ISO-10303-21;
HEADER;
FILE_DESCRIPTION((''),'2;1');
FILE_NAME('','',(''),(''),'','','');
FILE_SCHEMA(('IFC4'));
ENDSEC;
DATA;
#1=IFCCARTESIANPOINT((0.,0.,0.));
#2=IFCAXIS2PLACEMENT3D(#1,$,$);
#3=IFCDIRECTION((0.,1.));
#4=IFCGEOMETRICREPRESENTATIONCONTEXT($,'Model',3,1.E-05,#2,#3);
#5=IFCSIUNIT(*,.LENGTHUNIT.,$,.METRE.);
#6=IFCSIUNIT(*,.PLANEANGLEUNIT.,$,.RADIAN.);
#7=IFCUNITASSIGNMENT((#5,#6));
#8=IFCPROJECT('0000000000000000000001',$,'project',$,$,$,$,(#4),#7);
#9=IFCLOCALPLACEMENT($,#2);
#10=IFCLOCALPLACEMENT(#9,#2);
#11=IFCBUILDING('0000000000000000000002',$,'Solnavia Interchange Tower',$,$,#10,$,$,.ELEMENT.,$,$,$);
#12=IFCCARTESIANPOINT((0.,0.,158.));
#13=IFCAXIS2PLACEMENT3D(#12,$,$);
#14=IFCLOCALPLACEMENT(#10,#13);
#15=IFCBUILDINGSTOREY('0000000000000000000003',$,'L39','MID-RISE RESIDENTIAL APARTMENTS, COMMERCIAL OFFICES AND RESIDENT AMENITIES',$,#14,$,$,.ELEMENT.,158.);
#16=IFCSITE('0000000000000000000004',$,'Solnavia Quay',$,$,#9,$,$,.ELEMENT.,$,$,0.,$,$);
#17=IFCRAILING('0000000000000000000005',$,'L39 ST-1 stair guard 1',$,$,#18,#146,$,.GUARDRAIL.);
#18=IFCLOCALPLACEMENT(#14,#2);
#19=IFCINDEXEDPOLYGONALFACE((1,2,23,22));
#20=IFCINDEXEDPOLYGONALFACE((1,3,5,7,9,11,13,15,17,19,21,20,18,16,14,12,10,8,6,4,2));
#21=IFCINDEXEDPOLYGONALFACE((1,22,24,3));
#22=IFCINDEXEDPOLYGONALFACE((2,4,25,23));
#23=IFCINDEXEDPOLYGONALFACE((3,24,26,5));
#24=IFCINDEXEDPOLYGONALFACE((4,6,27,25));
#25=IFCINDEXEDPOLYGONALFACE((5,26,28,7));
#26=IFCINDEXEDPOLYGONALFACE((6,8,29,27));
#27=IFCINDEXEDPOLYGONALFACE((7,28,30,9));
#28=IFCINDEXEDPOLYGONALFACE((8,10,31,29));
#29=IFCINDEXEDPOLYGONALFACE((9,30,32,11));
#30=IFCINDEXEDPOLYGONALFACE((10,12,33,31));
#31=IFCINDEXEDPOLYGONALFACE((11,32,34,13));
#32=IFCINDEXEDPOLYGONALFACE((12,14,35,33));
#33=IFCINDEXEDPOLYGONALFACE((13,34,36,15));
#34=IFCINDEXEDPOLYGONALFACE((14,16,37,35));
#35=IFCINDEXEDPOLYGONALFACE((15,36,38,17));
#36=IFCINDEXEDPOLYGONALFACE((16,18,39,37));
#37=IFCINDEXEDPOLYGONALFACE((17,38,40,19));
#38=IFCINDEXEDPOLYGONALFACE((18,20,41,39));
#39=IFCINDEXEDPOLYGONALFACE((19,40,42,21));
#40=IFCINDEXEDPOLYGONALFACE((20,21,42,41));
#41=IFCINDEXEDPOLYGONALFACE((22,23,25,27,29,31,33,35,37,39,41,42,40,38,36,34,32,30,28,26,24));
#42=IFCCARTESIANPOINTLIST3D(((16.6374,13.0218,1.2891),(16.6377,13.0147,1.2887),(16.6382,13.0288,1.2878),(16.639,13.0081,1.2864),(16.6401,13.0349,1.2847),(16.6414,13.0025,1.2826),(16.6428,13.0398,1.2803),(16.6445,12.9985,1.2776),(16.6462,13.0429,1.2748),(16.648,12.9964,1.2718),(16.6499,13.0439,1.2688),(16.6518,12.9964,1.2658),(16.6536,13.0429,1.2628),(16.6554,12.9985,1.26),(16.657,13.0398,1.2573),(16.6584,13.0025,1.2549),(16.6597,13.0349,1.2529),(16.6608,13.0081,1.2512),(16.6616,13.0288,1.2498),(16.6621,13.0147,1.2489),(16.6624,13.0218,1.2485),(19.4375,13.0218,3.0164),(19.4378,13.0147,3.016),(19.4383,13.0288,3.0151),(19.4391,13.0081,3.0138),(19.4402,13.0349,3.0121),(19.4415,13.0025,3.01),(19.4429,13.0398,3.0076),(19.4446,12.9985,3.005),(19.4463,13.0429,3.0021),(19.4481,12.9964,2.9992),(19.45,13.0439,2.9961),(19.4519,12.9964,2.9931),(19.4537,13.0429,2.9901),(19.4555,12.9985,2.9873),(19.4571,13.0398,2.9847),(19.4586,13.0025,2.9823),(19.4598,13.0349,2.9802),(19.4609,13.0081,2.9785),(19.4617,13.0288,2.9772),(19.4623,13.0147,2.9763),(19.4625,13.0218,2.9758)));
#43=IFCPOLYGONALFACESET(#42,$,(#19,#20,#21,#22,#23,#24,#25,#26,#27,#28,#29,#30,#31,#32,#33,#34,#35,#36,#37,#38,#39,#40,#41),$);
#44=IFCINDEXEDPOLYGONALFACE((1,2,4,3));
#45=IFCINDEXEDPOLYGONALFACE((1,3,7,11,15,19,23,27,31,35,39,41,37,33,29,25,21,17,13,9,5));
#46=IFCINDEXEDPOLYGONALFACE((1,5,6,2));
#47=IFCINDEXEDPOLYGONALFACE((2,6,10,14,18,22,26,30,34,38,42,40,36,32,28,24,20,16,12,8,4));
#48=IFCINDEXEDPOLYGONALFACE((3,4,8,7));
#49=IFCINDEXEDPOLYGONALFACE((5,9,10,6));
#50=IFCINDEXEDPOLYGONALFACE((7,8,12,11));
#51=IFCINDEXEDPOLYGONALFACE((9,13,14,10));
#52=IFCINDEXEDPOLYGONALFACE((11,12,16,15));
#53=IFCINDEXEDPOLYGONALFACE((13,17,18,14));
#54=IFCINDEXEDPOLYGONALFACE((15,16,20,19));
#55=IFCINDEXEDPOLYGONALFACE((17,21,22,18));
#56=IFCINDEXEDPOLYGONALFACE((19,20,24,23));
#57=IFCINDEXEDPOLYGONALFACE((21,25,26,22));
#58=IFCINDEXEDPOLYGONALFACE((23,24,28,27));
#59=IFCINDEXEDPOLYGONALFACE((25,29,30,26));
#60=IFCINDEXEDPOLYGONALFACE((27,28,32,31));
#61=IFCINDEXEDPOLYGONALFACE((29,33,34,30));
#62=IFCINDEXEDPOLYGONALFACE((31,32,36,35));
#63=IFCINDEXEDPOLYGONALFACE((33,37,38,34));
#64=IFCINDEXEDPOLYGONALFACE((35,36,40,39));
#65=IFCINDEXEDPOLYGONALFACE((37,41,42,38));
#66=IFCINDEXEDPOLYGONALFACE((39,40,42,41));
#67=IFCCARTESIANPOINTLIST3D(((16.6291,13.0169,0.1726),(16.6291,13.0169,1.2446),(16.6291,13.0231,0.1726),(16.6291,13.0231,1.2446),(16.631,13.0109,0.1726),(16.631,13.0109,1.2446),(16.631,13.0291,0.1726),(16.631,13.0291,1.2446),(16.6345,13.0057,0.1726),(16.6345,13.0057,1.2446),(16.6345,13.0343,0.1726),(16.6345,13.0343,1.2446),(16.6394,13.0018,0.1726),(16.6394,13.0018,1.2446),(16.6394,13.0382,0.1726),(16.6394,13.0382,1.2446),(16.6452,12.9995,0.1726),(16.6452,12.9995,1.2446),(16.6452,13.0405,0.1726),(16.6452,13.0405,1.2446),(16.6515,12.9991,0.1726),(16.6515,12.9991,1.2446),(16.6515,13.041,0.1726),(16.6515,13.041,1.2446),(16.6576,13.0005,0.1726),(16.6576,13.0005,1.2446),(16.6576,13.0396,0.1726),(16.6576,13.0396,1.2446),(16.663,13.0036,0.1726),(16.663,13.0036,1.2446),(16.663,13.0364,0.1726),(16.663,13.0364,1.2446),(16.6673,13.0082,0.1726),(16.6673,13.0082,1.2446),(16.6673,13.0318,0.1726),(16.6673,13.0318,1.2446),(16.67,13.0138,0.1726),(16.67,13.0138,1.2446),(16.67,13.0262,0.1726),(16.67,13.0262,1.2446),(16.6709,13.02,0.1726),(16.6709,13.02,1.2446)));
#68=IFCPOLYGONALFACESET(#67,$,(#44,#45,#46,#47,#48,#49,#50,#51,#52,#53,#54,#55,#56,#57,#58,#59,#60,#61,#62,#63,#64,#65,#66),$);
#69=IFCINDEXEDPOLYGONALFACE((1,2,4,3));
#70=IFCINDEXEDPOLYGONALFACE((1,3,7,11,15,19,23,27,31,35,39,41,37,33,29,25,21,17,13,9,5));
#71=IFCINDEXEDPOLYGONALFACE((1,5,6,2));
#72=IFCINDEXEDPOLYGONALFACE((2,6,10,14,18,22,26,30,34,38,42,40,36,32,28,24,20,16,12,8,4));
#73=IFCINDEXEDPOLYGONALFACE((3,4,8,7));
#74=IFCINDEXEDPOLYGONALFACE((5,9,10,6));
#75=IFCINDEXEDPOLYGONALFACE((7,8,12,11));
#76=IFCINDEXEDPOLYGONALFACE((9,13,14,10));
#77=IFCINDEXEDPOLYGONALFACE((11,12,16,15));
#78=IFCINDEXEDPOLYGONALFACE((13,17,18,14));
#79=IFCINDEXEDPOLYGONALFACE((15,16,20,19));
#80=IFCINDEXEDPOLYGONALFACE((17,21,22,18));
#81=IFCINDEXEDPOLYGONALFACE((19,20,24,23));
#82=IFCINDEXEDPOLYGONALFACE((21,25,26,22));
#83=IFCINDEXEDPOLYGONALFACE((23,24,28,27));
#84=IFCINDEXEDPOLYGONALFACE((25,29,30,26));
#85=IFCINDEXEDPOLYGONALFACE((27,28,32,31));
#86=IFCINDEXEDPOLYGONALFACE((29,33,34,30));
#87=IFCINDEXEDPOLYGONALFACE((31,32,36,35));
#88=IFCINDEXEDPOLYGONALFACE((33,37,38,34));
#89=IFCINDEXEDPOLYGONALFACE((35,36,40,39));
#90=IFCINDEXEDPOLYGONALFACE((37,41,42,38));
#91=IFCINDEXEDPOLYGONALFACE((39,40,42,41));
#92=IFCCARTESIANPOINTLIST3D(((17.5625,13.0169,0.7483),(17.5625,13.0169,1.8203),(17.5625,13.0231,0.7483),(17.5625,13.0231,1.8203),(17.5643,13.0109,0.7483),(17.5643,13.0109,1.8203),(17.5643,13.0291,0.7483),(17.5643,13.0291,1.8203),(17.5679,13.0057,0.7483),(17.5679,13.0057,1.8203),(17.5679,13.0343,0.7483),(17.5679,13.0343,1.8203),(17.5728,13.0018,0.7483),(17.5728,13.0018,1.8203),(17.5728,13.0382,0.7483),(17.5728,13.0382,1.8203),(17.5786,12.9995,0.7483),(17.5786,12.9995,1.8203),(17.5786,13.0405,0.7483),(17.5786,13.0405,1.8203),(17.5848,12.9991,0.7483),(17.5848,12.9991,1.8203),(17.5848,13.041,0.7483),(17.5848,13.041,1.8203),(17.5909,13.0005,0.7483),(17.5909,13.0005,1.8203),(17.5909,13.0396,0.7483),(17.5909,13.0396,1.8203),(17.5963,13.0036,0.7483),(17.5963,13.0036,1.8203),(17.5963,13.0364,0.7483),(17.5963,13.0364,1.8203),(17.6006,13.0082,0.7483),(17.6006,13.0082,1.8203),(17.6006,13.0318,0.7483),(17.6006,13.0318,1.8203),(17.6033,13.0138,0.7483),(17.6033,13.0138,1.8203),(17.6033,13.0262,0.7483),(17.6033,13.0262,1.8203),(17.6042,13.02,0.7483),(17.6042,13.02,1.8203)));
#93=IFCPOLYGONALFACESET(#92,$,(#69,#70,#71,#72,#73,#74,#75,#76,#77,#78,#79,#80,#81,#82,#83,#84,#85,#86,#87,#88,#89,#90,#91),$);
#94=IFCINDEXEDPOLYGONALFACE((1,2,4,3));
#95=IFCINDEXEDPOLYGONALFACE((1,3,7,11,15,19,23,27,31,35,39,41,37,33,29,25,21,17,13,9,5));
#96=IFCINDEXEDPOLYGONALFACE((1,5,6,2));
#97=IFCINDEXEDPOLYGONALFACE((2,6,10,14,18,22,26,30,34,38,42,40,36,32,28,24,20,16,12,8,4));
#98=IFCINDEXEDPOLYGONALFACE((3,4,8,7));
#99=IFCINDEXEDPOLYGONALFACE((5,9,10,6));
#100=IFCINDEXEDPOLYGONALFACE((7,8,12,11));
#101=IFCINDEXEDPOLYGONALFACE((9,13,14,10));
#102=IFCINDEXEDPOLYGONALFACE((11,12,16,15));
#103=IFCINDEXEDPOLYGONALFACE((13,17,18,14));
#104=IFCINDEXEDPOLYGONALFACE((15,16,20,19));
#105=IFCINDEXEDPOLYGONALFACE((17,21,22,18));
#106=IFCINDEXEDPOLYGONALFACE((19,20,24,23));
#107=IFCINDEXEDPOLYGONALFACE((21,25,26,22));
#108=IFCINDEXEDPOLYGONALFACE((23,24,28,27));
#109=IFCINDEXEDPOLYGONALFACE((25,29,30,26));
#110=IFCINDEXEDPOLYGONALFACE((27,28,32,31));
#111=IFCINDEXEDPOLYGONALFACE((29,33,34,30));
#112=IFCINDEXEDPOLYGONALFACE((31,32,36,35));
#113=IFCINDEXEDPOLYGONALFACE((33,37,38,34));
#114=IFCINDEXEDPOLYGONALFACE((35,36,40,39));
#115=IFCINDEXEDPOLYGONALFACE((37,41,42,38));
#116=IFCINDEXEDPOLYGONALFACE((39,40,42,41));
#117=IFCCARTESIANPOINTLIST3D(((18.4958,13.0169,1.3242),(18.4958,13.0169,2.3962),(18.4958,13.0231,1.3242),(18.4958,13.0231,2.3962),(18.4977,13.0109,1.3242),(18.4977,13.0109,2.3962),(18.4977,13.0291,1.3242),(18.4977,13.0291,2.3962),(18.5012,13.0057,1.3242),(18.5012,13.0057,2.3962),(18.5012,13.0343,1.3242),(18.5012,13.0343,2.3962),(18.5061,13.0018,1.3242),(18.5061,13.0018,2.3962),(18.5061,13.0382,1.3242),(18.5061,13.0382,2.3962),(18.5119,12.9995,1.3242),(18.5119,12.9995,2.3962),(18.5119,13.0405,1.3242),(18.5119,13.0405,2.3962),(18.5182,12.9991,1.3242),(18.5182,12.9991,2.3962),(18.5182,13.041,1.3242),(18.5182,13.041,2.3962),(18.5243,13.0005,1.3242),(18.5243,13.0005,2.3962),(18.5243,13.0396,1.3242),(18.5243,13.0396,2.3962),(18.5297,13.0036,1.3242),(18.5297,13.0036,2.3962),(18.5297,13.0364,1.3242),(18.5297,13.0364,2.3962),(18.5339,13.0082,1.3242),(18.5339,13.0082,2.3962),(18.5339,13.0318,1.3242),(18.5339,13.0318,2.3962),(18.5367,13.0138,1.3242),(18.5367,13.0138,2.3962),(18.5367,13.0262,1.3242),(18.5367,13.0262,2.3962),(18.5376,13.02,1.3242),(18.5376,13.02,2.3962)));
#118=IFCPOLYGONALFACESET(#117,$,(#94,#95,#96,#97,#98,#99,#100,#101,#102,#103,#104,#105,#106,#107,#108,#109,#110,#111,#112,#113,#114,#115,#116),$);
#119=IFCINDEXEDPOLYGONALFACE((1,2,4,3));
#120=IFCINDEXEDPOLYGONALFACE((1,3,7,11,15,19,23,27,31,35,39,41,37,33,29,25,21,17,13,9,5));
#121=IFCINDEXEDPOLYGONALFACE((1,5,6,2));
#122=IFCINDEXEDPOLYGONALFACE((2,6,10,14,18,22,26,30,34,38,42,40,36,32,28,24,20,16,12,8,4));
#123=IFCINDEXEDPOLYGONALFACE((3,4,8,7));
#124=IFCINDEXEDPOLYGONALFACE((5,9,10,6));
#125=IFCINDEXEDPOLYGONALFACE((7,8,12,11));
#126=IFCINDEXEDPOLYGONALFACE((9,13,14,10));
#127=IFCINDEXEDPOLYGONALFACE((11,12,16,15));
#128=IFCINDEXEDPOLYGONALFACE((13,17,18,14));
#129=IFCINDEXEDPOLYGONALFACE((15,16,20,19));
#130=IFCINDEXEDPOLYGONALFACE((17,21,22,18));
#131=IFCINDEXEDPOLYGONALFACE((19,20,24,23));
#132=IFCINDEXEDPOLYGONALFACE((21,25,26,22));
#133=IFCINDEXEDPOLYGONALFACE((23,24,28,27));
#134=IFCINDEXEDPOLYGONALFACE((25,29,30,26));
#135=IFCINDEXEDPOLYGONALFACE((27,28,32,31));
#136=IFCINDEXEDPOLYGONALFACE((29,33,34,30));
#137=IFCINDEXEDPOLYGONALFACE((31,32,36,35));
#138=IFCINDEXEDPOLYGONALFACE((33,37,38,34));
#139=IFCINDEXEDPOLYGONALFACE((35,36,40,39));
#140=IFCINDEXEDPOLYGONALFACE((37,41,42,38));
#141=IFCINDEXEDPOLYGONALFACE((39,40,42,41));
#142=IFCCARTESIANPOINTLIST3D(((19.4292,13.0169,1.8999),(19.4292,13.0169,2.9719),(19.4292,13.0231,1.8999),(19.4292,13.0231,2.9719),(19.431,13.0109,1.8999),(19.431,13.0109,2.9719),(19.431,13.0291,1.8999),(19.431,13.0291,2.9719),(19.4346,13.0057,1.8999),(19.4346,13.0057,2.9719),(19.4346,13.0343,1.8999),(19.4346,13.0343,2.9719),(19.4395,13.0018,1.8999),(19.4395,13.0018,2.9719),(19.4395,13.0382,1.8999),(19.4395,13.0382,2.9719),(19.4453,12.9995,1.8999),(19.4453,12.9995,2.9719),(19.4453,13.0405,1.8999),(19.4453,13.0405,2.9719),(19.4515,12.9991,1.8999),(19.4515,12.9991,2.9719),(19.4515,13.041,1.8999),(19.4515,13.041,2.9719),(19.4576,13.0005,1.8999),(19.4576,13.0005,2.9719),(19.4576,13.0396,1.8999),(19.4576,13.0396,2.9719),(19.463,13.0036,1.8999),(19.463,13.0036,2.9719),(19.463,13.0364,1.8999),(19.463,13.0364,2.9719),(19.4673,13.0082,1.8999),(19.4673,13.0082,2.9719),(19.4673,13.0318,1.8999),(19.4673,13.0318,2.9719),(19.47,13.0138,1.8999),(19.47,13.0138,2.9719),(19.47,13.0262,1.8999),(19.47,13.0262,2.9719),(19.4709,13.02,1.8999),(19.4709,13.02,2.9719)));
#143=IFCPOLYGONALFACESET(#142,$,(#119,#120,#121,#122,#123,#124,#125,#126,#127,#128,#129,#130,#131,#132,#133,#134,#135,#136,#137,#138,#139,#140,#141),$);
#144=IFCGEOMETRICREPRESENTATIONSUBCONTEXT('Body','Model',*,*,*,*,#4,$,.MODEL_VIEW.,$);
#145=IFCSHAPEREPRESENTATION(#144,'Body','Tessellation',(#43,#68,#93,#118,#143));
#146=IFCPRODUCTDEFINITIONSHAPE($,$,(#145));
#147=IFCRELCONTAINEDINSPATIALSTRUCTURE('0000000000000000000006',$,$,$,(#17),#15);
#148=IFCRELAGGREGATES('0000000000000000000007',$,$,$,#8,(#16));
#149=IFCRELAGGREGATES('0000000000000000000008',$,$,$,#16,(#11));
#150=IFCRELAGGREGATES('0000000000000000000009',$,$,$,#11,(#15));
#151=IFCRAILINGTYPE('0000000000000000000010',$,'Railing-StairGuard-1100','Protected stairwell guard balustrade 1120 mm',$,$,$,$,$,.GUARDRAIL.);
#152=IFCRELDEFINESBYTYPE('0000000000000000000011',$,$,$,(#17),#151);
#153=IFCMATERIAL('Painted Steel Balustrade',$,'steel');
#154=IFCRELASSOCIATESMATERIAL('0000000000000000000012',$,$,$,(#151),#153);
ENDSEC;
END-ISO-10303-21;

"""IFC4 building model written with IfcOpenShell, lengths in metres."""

from ifc_helpers import new_model, si_unit, direction, frame, origin, origin_2d, place, context, subcontext, project, spatial, circle, extrude, material, type_object, element, save


model = new_model("IFC4")

# Units and contexts
model_context = context("Model", 3, precision=1e-05, world=origin(), true_north=direction((0.0, 1.0)))
body_context = subcontext(model_context, "Body", "Model", "MODEL_VIEW")
ifc_project = project(units=[si_unit("LENGTHUNIT", "METRE"), si_unit("PLANEANGLEUNIT", "RADIAN")], contexts=[model_context])

# Site, building, storey
site_placement = place(None, origin())
site = spatial("IfcSite", under=ifc_project, at=site_placement, Name="Solnavia Quay", CompositionType="ELEMENT", RefElevation=0.0)
building_placement = place(site_placement, origin())
building = spatial("IfcBuilding", under=site, at=building_placement, Name="Solnavia Interchange Tower", CompositionType="ELEMENT")
storey_placement = place(building_placement, frame((0.0, 0.0, 158.0)))
storey = spatial("IfcBuildingStorey", under=building, at=storey_placement, Name="L39", Description="MID-RISE RESIDENTIAL APARTMENTS, COMMERCIAL OFFICES AND RESIDENT AMENITIES", CompositionType="ELEMENT", Elevation=158.0)

# Railing
ifc_material_1 = material(Name="Painted Steel Balustrade", Category="steel")
railing_type_1 = type_object("IfcRailingType", Name="Railing-StairGuard-1100", Description="Protected stairwell guard balustrade 1120 mm", PredefinedType="GUARDRAIL", material=ifc_material_1)
railing_1_placement = place(storey_placement, frame((16.6499, 13.02, 0.1726)))
element("IfcRailing", 1, at=railing_1_placement, inside=storey, type_object=railing_type_1, Name="L39 ST-1 stair guard 1", PredefinedType="GUARDRAIL", context=body_context, shape_type="SweptSolid", body=[
    extrude(circle(Radius=0.0239, at=origin_2d()), frame((0.0, 0.0, 1.0962), z_axis=(0.85109, 0.0, 0.52502), x_axis=(0.0, 1.0, 0.0)), (0.0, 0.0, 1.0), 3.29),
    extrude(circle(Radius=0.021, at=origin_2d()), origin(), (0.0, 0.0, 1.0), 1.072),
    extrude(circle(Radius=0.021, at=origin_2d()), frame((0.9333, 0.0, 0.5757)), (0.0, 0.0, 1.0), 1.072),
    extrude(circle(Radius=0.021, at=origin_2d()), frame((1.8667, 0.0, 1.1516)), (0.0, 0.0, 1.0), 1.072),
    extrude(circle(Radius=0.021, at=origin_2d()), frame((2.8, 0.0, 1.7273)), (0.0, 0.0, 1.0), 1.072),
])

save(model, "model.ifc")
